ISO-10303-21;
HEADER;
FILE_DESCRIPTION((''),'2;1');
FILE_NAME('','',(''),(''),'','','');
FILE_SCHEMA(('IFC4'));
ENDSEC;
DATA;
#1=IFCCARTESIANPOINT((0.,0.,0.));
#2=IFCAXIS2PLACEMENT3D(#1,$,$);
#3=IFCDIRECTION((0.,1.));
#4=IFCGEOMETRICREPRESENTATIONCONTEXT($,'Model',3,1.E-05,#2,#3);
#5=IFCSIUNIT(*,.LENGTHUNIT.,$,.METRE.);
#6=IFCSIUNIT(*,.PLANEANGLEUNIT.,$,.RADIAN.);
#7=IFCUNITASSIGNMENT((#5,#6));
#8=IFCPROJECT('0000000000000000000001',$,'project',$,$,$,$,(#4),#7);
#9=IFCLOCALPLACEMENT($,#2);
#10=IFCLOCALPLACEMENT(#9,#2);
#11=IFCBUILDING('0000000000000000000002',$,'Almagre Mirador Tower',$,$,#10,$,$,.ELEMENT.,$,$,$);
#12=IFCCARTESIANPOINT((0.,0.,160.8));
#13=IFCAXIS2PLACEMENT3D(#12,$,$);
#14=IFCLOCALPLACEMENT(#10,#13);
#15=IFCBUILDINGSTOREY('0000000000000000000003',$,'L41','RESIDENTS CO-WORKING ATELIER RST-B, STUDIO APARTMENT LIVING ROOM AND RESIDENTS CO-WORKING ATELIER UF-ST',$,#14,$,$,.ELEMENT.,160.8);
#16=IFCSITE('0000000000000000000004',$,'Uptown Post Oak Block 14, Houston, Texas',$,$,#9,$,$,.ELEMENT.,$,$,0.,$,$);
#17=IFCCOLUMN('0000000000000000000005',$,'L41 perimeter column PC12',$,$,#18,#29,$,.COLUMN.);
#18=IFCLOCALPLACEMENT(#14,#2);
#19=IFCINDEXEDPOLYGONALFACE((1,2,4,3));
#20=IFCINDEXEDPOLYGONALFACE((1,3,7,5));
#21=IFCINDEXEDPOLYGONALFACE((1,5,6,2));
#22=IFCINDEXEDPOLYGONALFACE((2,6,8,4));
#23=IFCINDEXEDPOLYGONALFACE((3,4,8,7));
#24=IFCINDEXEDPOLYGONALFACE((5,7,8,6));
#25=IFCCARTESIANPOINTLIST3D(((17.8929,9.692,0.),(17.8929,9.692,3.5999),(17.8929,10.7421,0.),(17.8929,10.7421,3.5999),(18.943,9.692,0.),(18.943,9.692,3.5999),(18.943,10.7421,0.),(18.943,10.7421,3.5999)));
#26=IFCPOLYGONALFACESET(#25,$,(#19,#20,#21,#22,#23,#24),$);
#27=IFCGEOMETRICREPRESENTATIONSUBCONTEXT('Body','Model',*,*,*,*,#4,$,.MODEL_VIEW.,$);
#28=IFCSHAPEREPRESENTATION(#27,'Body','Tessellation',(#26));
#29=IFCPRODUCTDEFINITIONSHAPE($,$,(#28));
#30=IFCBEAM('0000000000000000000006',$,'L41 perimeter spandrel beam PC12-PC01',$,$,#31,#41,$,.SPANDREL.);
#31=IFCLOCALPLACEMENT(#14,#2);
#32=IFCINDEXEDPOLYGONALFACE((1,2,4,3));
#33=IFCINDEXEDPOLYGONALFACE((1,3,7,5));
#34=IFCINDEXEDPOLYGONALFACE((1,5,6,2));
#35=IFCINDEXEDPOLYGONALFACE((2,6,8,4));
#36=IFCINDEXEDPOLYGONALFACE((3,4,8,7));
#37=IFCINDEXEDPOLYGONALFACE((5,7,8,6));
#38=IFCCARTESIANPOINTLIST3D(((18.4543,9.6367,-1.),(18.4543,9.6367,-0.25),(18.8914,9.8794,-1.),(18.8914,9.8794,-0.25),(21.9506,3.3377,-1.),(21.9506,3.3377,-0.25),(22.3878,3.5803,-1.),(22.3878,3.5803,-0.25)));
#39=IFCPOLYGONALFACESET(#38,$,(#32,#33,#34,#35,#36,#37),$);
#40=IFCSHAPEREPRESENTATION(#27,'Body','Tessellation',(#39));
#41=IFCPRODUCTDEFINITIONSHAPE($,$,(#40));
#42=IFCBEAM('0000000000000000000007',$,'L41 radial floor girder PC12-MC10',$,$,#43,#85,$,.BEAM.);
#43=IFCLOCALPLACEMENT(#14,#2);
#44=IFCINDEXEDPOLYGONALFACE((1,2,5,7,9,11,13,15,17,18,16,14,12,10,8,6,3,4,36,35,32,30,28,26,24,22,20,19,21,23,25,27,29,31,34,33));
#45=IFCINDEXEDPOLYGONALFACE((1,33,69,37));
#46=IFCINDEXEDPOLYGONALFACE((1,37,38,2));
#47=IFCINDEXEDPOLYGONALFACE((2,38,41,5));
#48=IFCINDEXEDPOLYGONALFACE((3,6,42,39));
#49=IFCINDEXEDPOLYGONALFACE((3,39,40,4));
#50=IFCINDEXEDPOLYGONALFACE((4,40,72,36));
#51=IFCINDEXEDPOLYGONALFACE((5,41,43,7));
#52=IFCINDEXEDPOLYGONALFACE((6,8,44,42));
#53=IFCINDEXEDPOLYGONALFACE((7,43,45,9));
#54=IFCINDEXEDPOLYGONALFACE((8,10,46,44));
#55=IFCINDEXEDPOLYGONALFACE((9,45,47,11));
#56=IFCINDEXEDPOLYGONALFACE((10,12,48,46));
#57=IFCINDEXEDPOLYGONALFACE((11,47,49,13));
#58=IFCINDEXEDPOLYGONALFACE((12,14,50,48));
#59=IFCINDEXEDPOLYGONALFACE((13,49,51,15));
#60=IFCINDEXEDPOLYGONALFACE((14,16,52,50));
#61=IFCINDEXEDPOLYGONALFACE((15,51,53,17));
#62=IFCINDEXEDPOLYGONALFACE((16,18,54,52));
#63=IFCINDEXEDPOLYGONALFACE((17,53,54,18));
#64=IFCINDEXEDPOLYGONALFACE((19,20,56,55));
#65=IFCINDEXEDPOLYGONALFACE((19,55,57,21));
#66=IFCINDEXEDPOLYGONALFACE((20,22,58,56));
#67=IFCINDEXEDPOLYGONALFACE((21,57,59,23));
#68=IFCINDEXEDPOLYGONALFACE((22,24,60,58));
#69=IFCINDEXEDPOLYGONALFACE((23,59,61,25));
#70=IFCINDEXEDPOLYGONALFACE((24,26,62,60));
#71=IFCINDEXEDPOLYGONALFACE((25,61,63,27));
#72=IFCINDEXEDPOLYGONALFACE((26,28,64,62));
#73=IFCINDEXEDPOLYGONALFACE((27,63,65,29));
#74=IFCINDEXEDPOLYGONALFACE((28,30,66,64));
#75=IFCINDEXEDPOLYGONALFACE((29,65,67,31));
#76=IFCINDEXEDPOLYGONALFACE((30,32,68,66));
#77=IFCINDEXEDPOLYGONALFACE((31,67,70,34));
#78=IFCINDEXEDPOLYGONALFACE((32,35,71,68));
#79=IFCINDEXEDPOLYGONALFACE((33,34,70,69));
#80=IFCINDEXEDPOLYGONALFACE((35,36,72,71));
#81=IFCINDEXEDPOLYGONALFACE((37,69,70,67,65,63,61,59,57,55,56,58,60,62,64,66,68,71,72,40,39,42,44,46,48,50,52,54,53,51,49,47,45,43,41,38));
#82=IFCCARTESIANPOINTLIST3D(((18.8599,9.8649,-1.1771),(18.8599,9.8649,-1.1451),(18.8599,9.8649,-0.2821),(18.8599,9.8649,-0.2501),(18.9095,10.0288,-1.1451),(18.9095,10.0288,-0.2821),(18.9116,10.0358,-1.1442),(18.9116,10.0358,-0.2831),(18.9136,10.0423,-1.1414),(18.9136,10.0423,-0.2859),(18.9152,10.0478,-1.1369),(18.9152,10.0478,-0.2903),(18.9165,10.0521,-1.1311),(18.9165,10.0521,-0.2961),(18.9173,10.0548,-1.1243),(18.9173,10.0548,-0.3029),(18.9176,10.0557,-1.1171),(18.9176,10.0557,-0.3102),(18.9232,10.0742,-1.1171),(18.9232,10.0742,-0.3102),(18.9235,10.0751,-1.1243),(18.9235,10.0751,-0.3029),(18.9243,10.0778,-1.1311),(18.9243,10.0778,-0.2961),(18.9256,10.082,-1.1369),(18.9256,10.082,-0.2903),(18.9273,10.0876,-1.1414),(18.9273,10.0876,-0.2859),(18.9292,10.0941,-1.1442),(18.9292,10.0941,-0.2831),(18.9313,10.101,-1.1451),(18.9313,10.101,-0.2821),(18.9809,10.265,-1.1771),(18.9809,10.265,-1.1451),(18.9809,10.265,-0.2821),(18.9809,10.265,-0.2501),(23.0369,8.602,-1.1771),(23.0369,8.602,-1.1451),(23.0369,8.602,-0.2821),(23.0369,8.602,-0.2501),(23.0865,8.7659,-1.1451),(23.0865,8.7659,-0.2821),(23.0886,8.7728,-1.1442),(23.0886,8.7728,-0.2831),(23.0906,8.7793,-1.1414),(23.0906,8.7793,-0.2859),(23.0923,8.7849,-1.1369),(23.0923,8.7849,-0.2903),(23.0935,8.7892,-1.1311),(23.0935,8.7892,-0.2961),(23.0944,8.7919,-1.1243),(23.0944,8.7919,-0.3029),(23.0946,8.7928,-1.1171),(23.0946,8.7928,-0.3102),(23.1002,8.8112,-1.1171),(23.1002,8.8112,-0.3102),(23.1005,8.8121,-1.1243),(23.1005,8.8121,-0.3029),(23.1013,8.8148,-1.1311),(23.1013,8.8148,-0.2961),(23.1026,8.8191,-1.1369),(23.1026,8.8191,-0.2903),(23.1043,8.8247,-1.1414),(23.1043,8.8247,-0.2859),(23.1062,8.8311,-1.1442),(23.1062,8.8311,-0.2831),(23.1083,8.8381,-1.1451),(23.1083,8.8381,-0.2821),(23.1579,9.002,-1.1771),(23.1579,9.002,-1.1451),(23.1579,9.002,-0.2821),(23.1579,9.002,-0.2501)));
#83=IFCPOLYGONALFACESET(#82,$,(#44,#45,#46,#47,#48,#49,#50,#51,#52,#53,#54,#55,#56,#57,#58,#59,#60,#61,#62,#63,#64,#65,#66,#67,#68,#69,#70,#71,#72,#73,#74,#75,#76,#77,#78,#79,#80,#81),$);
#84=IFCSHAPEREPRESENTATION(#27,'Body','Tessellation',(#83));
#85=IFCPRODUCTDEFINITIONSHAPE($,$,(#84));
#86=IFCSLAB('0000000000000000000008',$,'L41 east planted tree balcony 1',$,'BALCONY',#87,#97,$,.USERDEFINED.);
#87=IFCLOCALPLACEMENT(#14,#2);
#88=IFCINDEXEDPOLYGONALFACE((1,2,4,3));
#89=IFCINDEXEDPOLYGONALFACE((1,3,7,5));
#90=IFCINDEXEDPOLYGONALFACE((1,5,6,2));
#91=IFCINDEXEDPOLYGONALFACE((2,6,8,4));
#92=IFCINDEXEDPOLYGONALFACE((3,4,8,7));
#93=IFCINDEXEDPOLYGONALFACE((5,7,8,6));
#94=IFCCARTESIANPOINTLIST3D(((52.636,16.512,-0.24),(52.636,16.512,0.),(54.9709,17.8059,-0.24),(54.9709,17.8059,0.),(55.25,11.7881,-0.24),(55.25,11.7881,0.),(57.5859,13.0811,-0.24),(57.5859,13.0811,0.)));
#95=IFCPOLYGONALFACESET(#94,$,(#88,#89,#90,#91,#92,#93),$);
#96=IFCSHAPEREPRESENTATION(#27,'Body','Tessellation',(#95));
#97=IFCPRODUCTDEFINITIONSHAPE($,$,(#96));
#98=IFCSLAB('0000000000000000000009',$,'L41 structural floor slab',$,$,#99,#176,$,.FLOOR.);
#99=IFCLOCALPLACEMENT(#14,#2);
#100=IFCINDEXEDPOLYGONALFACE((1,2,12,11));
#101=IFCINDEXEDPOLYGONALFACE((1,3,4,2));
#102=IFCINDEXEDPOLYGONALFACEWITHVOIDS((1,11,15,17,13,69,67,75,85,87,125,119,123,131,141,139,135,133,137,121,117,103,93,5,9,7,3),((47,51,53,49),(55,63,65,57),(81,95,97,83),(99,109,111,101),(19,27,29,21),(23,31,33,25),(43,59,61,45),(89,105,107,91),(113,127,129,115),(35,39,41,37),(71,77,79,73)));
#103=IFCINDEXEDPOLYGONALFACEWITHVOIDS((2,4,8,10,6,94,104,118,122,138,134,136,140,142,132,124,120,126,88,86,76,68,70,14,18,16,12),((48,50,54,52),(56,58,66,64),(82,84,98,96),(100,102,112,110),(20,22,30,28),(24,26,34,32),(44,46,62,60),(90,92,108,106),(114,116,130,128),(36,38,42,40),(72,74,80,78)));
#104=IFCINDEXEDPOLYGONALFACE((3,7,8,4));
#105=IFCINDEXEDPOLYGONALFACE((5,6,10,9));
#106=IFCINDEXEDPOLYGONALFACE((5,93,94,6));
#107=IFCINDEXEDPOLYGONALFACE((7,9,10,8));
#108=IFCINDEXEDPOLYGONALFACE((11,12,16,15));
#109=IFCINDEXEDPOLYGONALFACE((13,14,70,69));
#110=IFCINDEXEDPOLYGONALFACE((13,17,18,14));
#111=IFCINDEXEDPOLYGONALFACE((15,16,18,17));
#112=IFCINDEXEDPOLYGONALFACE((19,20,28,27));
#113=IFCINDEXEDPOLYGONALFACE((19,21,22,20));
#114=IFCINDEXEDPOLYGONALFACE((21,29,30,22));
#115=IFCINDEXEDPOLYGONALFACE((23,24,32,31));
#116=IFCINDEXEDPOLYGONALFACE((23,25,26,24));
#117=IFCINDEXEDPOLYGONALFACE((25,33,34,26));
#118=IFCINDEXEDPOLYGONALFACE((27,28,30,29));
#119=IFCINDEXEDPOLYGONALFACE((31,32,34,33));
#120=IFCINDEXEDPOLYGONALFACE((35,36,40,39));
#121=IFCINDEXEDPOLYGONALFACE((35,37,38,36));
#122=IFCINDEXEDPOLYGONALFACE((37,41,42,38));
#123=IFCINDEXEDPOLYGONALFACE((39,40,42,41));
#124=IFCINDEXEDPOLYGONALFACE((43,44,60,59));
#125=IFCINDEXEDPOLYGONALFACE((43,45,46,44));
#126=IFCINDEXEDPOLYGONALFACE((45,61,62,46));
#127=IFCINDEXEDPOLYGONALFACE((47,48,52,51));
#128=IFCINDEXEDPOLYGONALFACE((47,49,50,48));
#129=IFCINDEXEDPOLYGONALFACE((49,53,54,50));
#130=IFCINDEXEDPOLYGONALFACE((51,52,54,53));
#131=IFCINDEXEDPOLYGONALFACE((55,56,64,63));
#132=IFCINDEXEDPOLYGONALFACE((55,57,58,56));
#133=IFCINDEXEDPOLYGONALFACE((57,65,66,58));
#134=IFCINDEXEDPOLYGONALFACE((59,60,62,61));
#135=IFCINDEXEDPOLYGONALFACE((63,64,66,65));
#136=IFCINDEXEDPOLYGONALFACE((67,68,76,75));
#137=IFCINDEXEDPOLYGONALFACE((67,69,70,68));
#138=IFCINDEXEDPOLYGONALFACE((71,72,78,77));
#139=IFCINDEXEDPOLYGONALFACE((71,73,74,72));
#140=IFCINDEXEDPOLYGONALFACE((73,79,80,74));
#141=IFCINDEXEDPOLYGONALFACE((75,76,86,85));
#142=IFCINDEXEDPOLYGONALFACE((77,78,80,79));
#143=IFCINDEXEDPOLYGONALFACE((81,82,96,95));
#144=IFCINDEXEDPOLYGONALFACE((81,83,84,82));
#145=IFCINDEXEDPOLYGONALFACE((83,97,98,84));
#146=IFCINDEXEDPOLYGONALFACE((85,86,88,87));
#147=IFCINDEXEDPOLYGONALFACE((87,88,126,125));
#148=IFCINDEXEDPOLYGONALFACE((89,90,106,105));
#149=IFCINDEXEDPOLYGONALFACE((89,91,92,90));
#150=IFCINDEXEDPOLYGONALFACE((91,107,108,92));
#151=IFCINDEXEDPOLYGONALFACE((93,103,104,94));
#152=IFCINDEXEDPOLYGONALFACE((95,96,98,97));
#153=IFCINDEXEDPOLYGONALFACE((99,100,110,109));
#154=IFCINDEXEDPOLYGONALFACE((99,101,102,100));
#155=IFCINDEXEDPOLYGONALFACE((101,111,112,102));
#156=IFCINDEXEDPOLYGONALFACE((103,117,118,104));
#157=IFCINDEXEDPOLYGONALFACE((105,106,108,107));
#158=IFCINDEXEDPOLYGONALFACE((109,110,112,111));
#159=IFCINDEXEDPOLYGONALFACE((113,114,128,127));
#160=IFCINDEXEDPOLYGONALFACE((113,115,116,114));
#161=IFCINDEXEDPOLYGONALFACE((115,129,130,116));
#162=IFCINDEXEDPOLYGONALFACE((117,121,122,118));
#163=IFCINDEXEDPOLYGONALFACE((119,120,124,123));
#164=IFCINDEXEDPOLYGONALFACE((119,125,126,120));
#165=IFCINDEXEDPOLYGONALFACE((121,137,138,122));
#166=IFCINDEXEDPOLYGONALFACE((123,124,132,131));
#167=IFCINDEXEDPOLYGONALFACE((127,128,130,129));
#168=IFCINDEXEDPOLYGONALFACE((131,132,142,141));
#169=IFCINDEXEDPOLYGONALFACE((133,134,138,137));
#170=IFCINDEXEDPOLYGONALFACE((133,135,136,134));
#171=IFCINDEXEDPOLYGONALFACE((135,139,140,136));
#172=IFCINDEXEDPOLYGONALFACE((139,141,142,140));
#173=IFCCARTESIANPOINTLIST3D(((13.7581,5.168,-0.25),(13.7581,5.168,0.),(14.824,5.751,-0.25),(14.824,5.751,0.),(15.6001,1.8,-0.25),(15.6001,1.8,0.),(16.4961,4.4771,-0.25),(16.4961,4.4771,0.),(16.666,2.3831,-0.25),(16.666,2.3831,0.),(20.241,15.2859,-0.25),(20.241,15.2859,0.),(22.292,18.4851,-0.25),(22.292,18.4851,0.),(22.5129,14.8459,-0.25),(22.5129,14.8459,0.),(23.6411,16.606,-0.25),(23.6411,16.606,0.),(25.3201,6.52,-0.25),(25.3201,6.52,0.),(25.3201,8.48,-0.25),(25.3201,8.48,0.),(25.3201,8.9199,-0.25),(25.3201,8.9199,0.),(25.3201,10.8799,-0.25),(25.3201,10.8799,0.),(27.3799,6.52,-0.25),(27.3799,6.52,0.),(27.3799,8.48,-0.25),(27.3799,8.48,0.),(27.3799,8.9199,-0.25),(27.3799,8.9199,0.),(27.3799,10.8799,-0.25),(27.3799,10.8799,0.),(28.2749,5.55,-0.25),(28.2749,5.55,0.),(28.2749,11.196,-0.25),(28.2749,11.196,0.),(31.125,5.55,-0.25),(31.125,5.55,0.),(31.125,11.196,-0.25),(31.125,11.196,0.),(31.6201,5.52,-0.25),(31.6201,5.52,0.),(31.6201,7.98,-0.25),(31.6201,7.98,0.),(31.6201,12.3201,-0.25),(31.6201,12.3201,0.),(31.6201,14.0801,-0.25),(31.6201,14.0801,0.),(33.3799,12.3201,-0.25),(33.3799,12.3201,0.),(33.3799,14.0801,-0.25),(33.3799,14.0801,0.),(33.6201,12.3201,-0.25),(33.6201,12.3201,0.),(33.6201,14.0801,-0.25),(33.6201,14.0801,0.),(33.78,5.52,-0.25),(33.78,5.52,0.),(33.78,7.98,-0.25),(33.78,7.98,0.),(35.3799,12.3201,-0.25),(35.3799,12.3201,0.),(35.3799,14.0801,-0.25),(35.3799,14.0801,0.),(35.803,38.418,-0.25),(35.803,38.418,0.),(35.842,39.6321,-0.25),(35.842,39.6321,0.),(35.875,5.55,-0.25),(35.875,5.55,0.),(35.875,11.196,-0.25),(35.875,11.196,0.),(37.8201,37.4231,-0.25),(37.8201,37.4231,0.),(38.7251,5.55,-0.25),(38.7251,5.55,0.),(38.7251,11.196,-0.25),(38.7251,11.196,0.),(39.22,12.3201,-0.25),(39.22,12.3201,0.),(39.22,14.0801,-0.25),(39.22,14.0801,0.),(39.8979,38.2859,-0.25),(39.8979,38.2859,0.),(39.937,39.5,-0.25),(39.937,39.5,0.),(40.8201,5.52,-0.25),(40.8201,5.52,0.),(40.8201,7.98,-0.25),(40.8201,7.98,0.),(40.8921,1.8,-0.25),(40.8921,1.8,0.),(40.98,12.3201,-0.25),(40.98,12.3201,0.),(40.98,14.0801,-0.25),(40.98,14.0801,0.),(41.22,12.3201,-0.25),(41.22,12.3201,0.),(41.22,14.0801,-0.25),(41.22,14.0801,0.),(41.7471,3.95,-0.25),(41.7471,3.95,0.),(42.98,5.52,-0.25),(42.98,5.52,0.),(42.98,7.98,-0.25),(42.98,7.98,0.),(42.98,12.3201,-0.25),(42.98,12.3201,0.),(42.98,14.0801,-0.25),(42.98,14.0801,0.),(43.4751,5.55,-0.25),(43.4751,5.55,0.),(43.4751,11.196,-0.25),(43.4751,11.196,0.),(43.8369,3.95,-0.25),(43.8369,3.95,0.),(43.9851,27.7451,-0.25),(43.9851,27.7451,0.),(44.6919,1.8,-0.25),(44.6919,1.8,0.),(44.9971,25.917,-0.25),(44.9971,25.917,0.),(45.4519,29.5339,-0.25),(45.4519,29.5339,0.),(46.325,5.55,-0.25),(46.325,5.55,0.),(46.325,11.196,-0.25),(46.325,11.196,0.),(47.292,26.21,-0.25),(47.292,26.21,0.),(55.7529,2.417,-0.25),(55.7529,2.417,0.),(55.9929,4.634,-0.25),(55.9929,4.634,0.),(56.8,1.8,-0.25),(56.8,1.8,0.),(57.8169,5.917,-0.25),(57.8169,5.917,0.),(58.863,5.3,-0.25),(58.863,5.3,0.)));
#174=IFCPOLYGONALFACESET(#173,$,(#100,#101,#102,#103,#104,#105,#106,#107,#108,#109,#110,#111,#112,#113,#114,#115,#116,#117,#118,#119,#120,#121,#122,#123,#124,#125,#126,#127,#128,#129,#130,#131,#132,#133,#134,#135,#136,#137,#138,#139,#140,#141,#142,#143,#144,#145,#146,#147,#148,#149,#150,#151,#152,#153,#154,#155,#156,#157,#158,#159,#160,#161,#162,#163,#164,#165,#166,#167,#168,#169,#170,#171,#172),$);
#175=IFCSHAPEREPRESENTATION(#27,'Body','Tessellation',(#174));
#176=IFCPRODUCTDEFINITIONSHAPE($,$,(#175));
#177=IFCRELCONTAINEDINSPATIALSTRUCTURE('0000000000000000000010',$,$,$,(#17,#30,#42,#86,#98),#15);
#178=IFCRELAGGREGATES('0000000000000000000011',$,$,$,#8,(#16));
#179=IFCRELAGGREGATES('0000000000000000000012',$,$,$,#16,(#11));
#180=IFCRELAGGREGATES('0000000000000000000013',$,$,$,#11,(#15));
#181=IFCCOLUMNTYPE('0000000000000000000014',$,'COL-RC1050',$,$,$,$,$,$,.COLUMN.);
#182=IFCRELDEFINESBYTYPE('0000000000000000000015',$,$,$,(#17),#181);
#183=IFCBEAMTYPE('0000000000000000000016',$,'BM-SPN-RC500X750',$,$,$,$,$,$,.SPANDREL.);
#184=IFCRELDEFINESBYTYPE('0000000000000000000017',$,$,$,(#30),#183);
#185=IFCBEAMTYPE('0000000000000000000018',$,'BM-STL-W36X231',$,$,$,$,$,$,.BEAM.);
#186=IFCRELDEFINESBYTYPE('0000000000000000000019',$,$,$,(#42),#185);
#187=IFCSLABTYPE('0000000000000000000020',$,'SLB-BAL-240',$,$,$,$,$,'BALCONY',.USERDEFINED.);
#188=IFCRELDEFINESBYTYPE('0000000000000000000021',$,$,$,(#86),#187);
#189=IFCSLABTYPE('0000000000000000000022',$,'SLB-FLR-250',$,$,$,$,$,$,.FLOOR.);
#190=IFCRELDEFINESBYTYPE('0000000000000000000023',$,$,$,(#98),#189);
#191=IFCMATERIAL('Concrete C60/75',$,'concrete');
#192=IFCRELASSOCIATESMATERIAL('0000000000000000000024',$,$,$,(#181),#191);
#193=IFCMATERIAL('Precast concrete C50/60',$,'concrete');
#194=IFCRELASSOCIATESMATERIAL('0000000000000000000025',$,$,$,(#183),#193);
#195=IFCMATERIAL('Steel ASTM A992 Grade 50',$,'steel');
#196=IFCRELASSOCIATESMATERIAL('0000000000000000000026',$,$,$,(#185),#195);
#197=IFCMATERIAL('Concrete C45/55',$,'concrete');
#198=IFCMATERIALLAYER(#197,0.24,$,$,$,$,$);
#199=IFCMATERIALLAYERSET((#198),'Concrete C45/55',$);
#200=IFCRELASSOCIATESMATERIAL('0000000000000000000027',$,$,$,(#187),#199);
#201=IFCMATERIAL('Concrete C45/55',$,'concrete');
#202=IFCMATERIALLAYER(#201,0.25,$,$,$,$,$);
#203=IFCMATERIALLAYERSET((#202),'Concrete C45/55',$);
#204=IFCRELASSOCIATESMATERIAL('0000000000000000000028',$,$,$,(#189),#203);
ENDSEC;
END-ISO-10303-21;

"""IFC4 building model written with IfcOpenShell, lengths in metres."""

from ifc_helpers import new_model, si_unit, direction, frame, origin, origin_2d, place, context, subcontext, project, spatial, polyline, rectangle, i_section, outline, extrude, material, layer, layer_set, material_profile, profile_set, type_object, element, save


model = new_model("IFC4")

# Units and contexts
model_context = context("Model", 3, precision=1e-05, world=origin(), true_north=direction((0.0, 1.0)))
body_context = subcontext(model_context, "Body", "Model", "MODEL_VIEW")
ifc_project = project(units=[si_unit("LENGTHUNIT", "METRE"), si_unit("PLANEANGLEUNIT", "RADIAN")], contexts=[model_context])

# Site, building, storey
site_placement = place(None, origin())
site = spatial("IfcSite", under=ifc_project, at=site_placement, Name="Uptown Post Oak Block 14, Houston, Texas", CompositionType="ELEMENT", RefElevation=0.0)
building_placement = place(site_placement, origin())
building = spatial("IfcBuilding", under=site, at=building_placement, Name="Almagre Mirador Tower", CompositionType="ELEMENT")
storey_placement = place(building_placement, frame((0.0, 0.0, 160.8)))
storey = spatial("IfcBuildingStorey", under=building, at=storey_placement, Name="L41", Description="RESIDENTS CO-WORKING ATELIER RST-B, STUDIO APARTMENT LIVING ROOM AND RESIDENTS CO-WORKING ATELIER UF-ST", CompositionType="ELEMENT", Elevation=160.8)

# Column
ifc_material_1 = material(Name="Concrete C60/75", Category="concrete")
ifc_material_profile_1 = material_profile(ifc_material_1, rectangle(XDim=1.05, YDim=1.05, at=origin_2d()), Name="RC1050X1050")
ifc_profile_set_1 = profile_set([ifc_material_profile_1], Name="Concrete C60/75")
column_type = type_object("IfcColumnType", Name="COL-RC1050", PredefinedType="COLUMN", material=ifc_profile_set_1)
column_placement = place(storey_placement, frame((18.418, 10.217, 0.0), z_axis=(0.0, 0.0, 1.0), x_axis=(1.0, 0.0, 0.0)))
element("IfcColumn", 1, at=column_placement, inside=storey, type_object=column_type, Name="L41 perimeter column PC12", PredefinedType="COLUMN", context=body_context, shape_type="SweptSolid", body=[
    extrude(rectangle(XDim=1.05, YDim=1.05, at=origin_2d()), origin(), (0.0, 0.0, 1.0), 3.5999),
])

# Beams
ifc_material_2 = material(Name="Precast concrete C50/60", Category="concrete")
ifc_material_profile_2 = material_profile(ifc_material_2, rectangle(XDim=0.5, YDim=0.75, at=origin_2d()), Name="RC500X750")
ifc_profile_set_2 = profile_set([ifc_material_profile_2], Name="Precast concrete C50/60")
beam_type_1 = type_object("IfcBeamType", Name="BM-SPN-RC500X750", PredefinedType="SPANDREL", material=ifc_profile_set_2)
beam_1_placement = place(storey_placement, frame((18.6729, 9.7581, -0.625), z_axis=(0.485309, -0.874343, 0.0), x_axis=(0.874343, 0.485309, 0.0)))
element("IfcBeam", 2, at=beam_1_placement, inside=storey, type_object=beam_type_1, Name="L41 perimeter spandrel beam PC12-PC01", PredefinedType="SPANDREL", context=body_context, shape_type="SweptSolid", body=[
    extrude(rectangle(XDim=0.5, YDim=0.75, at=origin_2d()), origin(), (0.0, 0.0, 1.0), 7.2043),
])
ifc_material_3 = material(Name="Steel ASTM A992 Grade 50", Category="steel")
ifc_material_profile_3 = material_profile(ifc_material_3, i_section(OverallWidth=0.418, OverallDepth=0.927, WebThickness=0.0193, FlangeThickness=0.032, FilletRadius=0.0281, at=origin_2d()), Name="W36X231")
ifc_profile_set_3 = profile_set([ifc_material_profile_3], Name="Steel ASTM A992 Grade 50")
beam_type_2 = type_object("IfcBeamType", Name="BM-STL-W36X231", PredefinedType="BEAM", material=ifc_profile_set_3)
beam_2_placement = place(storey_placement, frame((18.9204, 10.0649, -0.7136), z_axis=(0.957203, -0.289416, 0.0), x_axis=(0.289416, 0.957203, 0.0)))
element("IfcBeam", 3, at=beam_2_placement, inside=storey, type_object=beam_type_2, Name="L41 radial floor girder PC12-MC10", PredefinedType="BEAM", context=body_context, shape_type="SweptSolid", body=[
    extrude(i_section(OverallWidth=0.418, OverallDepth=0.927, WebThickness=0.0193, FlangeThickness=0.032, FilletRadius=0.0281, at=origin_2d()), origin(), (0.0, 0.0, 1.0), 4.3638),
])

# Slabs
ifc_material_4 = material(Name="Concrete C45/55", Category="concrete")
ifc_layer_1 = layer(ifc_material_4, 0.24)
ifc_layer_set_1 = layer_set([ifc_layer_1], Name="Concrete C45/55")
slab_type_1 = type_object("IfcSlabType", Name="SLB-BAL-240", ElementType="BALCONY", PredefinedType="USERDEFINED", material=ifc_layer_set_1)
slab_1_placement = place(storey_placement, frame((0.0, 0.0, -0.24)))
element("IfcSlab", 4, at=slab_1_placement, inside=storey, type_object=slab_type_1, Name="L41 east planted tree balcony 1", ObjectType="BALCONY", PredefinedType="USERDEFINED", context=body_context, shape_type="SweptSolid", body=[
    extrude(outline(polyline([(55.25, 11.7881), (52.636, 16.512), (54.9709, 17.8059), (57.5859, 13.0811), (55.25, 11.7881)])), origin(), (0.0, 0.0, 1.0), 0.24),
])
ifc_material_5 = material(Name="Concrete C45/55", Category="concrete")
ifc_layer_2 = layer(ifc_material_5, 0.25)
ifc_layer_set_2 = layer_set([ifc_layer_2], Name="Concrete C45/55")
slab_type_2 = type_object("IfcSlabType", Name="SLB-FLR-250", PredefinedType="FLOOR", material=ifc_layer_set_2)
slab_2_placement = place(storey_placement, frame((0.0, 0.0, -0.25)))
element("IfcSlab", 5, at=slab_2_placement, inside=storey, type_object=slab_type_2, Name="L41 structural floor slab", PredefinedType="FLOOR", context=body_context, shape_type="SweptSolid", body=[
    extrude(outline(polyline([(13.7581, 5.168), (14.824, 5.751), (16.4961, 4.4771), (16.666, 2.3831), (15.6001, 1.8), (40.8921, 1.8), (41.7471, 3.95), (43.8369, 3.95), (44.6919, 1.8), (56.8, 1.8), (55.7529, 2.417), (55.9929, 4.634), (57.8169, 5.917), (58.863, 5.3), (47.292, 26.21), (44.9971, 25.917), (43.9851, 27.7451), (45.4519, 29.5339), (39.937, 39.5), (39.8979, 38.2859), (37.8201, 37.4231), (35.803, 38.418), (35.842, 39.6321), (22.292, 18.4851), (23.6411, 16.606), (22.5129, 14.8459), (20.241, 15.2859), (13.7581, 5.168)]), holes=[polyline([(43.4751, 5.55), (43.4751, 11.196), (46.325, 11.196), (46.325, 5.55), (43.4751, 5.55)]), polyline([(40.8201, 5.52), (40.8201, 7.98), (42.98, 7.98), (42.98, 5.52), (40.8201, 5.52)]), polyline([(41.22, 12.3201), (41.22, 14.0801), (42.98, 14.0801), (42.98, 12.3201), (41.22, 12.3201)]), polyline([(39.22, 12.3201), (39.22, 14.0801), (40.98, 14.0801), (40.98, 12.3201), (39.22, 12.3201)]), polyline([(35.875, 11.196), (38.7251, 11.196), (38.7251, 5.55), (35.875, 5.55), (35.875, 11.196)]), polyline([(35.3799, 12.3201), (33.6201, 12.3201), (33.6201, 14.0801), (35.3799, 14.0801), (35.3799, 12.3201)]), polyline([(33.78, 5.52), (31.6201, 5.52), (31.6201, 7.98), (33.78, 7.98), (33.78, 5.52)]), polyline([(31.6201, 12.3201), (31.6201, 14.0801), (33.3799, 14.0801), (33.3799, 12.3201), (31.6201, 12.3201)]), polyline([(28.2749, 5.55), (28.2749, 11.196), (31.125, 11.196), (31.125, 5.55), (28.2749, 5.55)]), polyline([(25.3201, 8.9199), (25.3201, 10.8799), (27.3799, 10.8799), (27.3799, 8.9199), (25.3201, 8.9199)]), polyline([(27.3799, 6.52), (25.3201, 6.52), (25.3201, 8.48), (27.3799, 8.48), (27.3799, 6.52)])]), origin(), (0.0, 0.0, 1.0), 0.25),
])

save(model, "model.ifc")
